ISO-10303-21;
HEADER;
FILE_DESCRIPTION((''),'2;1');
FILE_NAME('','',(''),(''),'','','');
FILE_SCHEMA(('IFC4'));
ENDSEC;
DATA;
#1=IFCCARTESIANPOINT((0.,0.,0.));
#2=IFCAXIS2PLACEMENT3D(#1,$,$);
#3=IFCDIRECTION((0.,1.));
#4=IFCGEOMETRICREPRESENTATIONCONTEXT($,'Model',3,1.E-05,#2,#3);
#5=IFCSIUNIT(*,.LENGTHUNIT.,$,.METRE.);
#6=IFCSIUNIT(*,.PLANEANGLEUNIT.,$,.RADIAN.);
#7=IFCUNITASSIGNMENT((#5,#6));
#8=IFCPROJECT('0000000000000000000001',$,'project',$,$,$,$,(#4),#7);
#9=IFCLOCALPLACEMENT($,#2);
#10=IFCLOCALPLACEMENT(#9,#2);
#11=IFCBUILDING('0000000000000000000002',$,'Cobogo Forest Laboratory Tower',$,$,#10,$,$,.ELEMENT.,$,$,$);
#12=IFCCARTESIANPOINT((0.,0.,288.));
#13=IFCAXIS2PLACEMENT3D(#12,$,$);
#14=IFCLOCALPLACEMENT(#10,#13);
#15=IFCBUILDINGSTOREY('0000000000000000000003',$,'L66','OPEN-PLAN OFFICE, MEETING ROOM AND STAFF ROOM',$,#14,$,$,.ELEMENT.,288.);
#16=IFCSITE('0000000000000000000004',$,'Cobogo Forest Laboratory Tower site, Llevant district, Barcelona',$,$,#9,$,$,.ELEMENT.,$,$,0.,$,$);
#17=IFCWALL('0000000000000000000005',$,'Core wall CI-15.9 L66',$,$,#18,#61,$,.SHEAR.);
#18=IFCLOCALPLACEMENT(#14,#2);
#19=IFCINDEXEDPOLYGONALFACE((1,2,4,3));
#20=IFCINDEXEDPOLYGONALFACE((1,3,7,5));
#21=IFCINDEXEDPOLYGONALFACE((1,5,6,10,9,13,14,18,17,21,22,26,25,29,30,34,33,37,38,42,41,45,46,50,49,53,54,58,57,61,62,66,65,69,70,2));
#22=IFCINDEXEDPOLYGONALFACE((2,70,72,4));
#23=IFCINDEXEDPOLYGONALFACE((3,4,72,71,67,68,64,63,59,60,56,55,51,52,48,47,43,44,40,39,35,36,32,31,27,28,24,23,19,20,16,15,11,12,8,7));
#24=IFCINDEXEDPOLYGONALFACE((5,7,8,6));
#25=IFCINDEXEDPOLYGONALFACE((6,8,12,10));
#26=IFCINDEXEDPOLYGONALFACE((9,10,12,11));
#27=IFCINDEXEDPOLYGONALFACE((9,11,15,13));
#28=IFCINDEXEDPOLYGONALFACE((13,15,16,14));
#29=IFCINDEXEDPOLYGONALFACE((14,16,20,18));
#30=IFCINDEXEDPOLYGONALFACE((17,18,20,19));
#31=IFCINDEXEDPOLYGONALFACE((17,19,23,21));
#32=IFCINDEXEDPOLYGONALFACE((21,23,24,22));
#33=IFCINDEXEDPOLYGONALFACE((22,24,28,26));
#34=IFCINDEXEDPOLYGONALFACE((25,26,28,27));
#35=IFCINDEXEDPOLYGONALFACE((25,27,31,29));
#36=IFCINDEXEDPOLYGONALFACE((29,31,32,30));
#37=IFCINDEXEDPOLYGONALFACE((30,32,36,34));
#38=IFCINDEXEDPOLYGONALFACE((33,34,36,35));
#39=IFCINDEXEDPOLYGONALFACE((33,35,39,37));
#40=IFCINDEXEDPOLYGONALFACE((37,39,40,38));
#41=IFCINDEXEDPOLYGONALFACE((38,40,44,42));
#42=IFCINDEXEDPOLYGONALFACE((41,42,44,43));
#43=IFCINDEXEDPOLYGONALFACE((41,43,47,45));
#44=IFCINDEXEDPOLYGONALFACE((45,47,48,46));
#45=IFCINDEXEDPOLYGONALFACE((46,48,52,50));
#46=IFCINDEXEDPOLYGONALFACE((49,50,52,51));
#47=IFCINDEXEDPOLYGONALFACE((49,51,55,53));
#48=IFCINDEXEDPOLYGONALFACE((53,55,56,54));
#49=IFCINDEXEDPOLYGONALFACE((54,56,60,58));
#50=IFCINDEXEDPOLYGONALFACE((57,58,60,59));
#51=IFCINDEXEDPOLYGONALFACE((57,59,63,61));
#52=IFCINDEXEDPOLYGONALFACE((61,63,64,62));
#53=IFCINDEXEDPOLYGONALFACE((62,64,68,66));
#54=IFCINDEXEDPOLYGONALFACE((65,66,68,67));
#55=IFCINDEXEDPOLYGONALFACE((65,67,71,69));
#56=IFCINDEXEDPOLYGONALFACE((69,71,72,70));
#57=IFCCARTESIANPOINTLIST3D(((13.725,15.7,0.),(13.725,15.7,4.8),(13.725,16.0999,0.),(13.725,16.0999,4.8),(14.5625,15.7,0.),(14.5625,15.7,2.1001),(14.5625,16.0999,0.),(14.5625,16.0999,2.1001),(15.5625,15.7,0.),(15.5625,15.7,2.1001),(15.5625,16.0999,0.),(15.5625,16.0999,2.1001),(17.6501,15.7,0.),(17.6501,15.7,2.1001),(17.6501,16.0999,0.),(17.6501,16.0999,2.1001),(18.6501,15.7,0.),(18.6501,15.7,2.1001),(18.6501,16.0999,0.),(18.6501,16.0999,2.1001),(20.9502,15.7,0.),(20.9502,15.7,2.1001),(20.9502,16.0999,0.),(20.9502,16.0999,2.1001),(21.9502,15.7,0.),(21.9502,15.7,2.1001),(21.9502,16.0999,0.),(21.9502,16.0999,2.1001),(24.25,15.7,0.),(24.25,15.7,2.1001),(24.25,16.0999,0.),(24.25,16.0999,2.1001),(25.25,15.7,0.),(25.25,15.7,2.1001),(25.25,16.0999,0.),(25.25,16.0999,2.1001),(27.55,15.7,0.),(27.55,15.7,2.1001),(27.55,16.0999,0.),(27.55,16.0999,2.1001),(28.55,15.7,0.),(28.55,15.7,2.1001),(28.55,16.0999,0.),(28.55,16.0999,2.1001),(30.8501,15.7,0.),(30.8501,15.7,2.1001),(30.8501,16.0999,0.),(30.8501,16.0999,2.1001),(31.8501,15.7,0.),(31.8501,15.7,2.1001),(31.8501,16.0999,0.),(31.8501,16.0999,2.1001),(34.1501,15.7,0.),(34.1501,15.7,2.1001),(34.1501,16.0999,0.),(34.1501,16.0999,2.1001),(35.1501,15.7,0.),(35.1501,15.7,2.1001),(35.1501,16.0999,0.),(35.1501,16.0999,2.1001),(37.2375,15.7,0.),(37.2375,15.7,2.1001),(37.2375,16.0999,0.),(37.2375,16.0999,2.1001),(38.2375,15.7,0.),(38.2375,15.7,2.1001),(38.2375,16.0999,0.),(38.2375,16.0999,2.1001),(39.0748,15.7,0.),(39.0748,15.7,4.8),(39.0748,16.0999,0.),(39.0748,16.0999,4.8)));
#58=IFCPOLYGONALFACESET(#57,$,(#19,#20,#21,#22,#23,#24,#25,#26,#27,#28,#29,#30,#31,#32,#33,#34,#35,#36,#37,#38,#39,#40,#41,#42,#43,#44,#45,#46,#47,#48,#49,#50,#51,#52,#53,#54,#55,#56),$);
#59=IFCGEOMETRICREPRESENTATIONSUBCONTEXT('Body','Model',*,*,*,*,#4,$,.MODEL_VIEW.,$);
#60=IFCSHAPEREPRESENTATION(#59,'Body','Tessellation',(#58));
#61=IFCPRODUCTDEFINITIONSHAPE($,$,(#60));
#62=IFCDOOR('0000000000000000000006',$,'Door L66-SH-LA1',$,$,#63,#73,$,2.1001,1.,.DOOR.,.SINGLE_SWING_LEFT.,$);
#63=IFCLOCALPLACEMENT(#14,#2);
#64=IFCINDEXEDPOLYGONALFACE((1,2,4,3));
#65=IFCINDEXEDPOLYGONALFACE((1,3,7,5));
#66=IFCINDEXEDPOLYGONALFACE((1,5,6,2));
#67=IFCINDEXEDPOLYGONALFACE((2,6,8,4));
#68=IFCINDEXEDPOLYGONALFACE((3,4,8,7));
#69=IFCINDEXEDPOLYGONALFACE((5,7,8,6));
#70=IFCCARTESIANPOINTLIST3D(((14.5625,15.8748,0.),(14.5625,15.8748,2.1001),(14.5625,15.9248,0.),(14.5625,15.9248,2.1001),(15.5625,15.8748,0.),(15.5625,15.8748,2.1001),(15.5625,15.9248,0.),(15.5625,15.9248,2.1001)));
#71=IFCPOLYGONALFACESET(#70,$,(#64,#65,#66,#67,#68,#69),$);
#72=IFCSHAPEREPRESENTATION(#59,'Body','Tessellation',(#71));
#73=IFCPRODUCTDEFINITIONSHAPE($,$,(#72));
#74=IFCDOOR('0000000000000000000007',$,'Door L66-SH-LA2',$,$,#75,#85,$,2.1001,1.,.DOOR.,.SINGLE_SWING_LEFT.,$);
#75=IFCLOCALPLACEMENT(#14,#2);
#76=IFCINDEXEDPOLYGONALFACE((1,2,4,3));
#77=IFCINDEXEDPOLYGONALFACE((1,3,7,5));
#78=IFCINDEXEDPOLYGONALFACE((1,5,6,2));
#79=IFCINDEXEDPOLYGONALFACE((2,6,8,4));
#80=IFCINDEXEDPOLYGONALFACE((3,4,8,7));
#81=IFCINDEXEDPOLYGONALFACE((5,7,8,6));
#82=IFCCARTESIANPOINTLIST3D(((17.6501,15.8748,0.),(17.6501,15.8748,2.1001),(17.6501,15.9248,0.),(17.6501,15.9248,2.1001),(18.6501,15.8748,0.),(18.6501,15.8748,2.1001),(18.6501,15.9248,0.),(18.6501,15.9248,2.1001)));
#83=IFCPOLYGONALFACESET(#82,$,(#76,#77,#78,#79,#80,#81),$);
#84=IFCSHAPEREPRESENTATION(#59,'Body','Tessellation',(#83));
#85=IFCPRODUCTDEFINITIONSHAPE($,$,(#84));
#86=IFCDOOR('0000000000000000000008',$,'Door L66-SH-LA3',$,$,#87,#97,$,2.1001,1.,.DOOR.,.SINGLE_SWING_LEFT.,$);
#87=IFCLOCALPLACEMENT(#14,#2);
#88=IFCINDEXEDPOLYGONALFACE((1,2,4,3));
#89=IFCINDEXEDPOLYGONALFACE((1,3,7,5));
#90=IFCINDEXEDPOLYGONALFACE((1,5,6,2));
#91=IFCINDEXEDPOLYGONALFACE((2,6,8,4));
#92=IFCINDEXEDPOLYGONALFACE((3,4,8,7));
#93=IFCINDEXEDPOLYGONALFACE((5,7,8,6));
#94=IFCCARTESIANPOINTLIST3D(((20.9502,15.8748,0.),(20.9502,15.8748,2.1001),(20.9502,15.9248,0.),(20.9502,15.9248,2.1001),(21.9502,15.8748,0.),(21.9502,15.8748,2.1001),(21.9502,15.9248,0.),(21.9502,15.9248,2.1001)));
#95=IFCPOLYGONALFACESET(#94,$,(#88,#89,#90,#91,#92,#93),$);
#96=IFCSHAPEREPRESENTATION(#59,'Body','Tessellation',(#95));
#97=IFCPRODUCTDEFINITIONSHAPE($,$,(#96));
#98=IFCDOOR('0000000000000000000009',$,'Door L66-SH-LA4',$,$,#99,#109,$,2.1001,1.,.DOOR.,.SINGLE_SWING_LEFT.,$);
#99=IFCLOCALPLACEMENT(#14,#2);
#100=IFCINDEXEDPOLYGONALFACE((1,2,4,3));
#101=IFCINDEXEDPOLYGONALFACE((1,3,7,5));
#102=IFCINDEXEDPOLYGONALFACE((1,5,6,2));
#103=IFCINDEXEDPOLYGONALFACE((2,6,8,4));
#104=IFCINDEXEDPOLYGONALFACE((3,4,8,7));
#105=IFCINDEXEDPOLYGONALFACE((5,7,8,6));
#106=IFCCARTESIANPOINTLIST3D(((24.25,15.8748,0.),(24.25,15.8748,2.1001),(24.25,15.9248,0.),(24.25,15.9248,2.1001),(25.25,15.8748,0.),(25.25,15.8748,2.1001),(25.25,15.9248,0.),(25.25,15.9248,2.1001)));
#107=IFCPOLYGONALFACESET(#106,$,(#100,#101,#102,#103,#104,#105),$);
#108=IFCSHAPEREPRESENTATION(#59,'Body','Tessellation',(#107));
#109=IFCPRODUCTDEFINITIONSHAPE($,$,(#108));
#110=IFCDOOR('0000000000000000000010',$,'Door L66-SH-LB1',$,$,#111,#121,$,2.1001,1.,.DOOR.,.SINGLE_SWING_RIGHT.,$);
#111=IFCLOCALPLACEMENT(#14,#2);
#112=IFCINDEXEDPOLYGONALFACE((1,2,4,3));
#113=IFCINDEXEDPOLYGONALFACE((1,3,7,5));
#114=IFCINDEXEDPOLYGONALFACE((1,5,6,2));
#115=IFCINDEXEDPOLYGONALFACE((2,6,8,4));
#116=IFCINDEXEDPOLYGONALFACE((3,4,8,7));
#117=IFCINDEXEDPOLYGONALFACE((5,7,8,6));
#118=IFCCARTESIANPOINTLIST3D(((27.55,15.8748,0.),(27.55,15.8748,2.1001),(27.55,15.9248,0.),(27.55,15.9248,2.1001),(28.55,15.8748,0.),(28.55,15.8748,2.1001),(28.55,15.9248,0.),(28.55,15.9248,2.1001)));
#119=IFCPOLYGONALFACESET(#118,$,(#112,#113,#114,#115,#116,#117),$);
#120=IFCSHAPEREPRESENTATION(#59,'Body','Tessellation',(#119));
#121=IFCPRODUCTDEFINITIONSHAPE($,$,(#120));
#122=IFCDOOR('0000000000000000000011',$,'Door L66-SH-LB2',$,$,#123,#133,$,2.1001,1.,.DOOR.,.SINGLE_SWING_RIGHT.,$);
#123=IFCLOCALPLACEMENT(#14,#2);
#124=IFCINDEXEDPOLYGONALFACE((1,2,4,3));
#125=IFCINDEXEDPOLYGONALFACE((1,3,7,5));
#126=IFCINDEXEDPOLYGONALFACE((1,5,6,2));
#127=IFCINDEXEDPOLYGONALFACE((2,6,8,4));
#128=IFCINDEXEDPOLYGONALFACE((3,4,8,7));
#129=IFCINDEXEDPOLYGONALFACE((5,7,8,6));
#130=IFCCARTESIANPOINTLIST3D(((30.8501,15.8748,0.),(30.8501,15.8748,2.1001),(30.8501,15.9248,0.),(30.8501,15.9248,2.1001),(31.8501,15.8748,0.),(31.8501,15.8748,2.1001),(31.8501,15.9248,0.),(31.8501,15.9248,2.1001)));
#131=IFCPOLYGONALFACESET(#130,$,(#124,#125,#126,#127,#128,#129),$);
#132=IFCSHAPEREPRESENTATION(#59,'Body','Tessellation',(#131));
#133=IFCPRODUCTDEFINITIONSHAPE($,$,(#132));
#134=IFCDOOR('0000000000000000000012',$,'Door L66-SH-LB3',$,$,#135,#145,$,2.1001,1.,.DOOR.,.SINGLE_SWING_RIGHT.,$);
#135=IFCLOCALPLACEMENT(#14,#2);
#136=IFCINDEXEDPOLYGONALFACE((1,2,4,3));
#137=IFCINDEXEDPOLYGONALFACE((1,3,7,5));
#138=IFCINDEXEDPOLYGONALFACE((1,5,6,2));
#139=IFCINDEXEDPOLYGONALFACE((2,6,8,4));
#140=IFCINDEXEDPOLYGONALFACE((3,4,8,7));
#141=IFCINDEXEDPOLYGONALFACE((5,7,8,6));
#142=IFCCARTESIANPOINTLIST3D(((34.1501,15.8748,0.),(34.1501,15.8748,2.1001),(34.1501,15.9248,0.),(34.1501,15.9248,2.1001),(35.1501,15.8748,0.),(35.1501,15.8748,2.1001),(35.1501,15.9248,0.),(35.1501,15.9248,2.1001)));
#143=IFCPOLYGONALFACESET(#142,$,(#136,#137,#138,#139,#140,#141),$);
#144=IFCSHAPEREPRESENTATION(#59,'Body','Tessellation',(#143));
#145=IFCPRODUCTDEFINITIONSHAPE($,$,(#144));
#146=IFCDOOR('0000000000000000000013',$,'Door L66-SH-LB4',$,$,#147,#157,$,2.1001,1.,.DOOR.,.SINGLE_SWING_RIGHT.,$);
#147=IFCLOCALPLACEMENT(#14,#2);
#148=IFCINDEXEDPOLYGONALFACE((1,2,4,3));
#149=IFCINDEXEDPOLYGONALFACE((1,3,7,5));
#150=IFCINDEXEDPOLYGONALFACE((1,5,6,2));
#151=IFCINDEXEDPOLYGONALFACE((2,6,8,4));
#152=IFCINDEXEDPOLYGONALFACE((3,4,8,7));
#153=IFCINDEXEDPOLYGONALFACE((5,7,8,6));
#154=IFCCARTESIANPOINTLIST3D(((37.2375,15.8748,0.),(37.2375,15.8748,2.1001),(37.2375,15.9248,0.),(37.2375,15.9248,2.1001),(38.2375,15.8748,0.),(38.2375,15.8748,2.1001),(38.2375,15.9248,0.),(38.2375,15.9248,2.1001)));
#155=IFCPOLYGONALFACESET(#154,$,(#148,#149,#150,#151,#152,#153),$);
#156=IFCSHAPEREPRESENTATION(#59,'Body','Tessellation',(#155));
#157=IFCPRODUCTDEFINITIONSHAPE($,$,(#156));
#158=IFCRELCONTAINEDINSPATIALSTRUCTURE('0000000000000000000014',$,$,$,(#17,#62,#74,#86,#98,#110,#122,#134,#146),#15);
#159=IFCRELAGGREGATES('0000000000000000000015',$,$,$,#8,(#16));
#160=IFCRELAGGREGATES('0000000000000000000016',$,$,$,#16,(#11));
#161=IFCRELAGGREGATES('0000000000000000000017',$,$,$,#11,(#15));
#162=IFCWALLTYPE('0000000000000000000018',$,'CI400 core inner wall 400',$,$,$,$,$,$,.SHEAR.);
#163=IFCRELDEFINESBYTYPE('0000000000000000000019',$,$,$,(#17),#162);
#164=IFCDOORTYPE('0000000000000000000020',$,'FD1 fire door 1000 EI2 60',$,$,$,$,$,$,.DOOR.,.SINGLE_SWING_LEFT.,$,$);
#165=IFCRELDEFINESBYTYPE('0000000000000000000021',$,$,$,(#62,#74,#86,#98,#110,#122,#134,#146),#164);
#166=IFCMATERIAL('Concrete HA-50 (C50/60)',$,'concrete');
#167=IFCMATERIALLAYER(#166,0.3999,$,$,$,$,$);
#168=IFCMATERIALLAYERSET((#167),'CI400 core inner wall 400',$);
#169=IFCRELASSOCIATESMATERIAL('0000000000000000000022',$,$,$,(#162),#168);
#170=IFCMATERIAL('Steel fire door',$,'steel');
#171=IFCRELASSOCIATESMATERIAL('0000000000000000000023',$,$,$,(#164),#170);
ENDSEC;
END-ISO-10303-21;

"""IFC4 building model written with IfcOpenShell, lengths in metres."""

from ifc_helpers import new_model, si_unit, direction, frame, frame_2d, origin, place, context, subcontext, project, spatial, rectangle, extrude, material, layer, layer_set, type_object, element, fill, save


model = new_model("IFC4")

# Units and contexts
model_context = context("Model", 3, precision=1e-05, world=origin(), true_north=direction((0.0, 1.0)))
body_context = subcontext(model_context, "Body", "Model", "MODEL_VIEW")
ifc_project = project(units=[si_unit("LENGTHUNIT", "METRE"), si_unit("PLANEANGLEUNIT", "RADIAN")], contexts=[model_context])

# Site, building, storey
site_placement = place(None, origin())
site = spatial("IfcSite", under=ifc_project, at=site_placement, Name="Cobogo Forest Laboratory Tower site, Llevant district, Barcelona", CompositionType="ELEMENT", RefElevation=0.0)
building_placement = place(site_placement, origin())
building = spatial("IfcBuilding", under=site, at=building_placement, Name="Cobogo Forest Laboratory Tower", CompositionType="ELEMENT")
storey_placement = place(building_placement, frame((0.0, 0.0, 288.0)))
storey = spatial("IfcBuildingStorey", under=building, at=storey_placement, Name="L66", Description="OPEN-PLAN OFFICE, MEETING ROOM AND STAFF ROOM", CompositionType="ELEMENT", Elevation=288.0)

# Shared definitions
ifc_material_1 = material(Name="Concrete HA-50 (C50/60)", Category="concrete")

# Wall, openings, doors
ifc_layer_1 = layer(ifc_material_1, 0.3999)
ifc_layer_set_1 = layer_set([ifc_layer_1], Name="CI400 core inner wall 400")
wall_type = type_object("IfcWallType", Name="CI400 core inner wall 400", PredefinedType="SHEAR", material=ifc_layer_set_1)
wall_1_placement = place(storey_placement, frame((13.7251, 15.8999, 0.0), z_axis=(0.0, 0.0, 1.0), x_axis=(1.0, 0.0, 0.0)))
wall_1 = element("IfcWall", 1, at=wall_1_placement, inside=storey, type_object=wall_type, Name="Core wall CI-15.9 L66", PredefinedType="SHEAR", context=body_context, shape_type="SweptSolid", body=[
    extrude(rectangle(XDim=25.3499, YDim=0.3999, at=frame_2d((12.6748, 0.0))), origin(), (0.0, 0.0, 1.0), 4.8),
])
opening_1_placement = place(wall_1_placement, frame((0.8374, 0.0, 0.0)))
opening_1 = element("IfcOpeningElement", 2, at=opening_1_placement, cuts=wall_1, PredefinedType="OPENING", context=body_context, shape_type="SweptSolid", body=[
    extrude(rectangle(XDim=1.0, YDim=2.1001, at=frame_2d((0.5, 1.05))), frame((0.0, 0.21, 0.0), z_axis=(0.0, -1.0, 0.0), x_axis=(1.0, 0.0, 0.0)), (0.0, 0.0, 1.0), 0.4199),
])
opening_2_placement = place(wall_1_placement, frame((3.925, 0.0, 0.0)))
opening_2 = element("IfcOpeningElement", 3, at=opening_2_placement, cuts=wall_1, PredefinedType="OPENING", context=body_context, shape_type="SweptSolid", body=[
    extrude(rectangle(XDim=1.0, YDim=2.1001, at=frame_2d((0.5, 1.05))), frame((0.0, 0.21, 0.0), z_axis=(0.0, -1.0, 0.0), x_axis=(1.0, 0.0, 0.0)), (0.0, 0.0, 1.0), 0.4199),
])
opening_3_placement = place(wall_1_placement, frame((7.2251, 0.0, 0.0)))
opening_3 = element("IfcOpeningElement", 4, at=opening_3_placement, cuts=wall_1, PredefinedType="OPENING", context=body_context, shape_type="SweptSolid", body=[
    extrude(rectangle(XDim=1.0, YDim=2.1001, at=frame_2d((0.5, 1.05))), frame((0.0, 0.21, 0.0), z_axis=(0.0, -1.0, 0.0), x_axis=(1.0, 0.0, 0.0)), (0.0, 0.0, 1.0), 0.4199),
])
opening_4_placement = place(wall_1_placement, frame((10.5249, 0.0, 0.0)))
opening_4 = element("IfcOpeningElement", 5, at=opening_4_placement, cuts=wall_1, PredefinedType="OPENING", context=body_context, shape_type="SweptSolid", body=[
    extrude(rectangle(XDim=1.0, YDim=2.1001, at=frame_2d((0.5, 1.05))), frame((0.0, 0.21, 0.0), z_axis=(0.0, -1.0, 0.0), x_axis=(1.0, 0.0, 0.0)), (0.0, 0.0, 1.0), 0.4199),
])
opening_5_placement = place(wall_1_placement, frame((13.825, 0.0, 0.0)))
opening_5 = element("IfcOpeningElement", 6, at=opening_5_placement, cuts=wall_1, PredefinedType="OPENING", context=body_context, shape_type="SweptSolid", body=[
    extrude(rectangle(XDim=1.0, YDim=2.1001, at=frame_2d((0.5, 1.05))), frame((0.0, 0.21, 0.0), z_axis=(0.0, -1.0, 0.0), x_axis=(1.0, 0.0, 0.0)), (0.0, 0.0, 1.0), 0.4199),
])
opening_6_placement = place(wall_1_placement, frame((17.125, 0.0, 0.0)))
opening_6 = element("IfcOpeningElement", 7, at=opening_6_placement, cuts=wall_1, PredefinedType="OPENING", context=body_context, shape_type="SweptSolid", body=[
    extrude(rectangle(XDim=1.0, YDim=2.1001, at=frame_2d((0.5, 1.05))), frame((0.0, 0.21, 0.0), z_axis=(0.0, -1.0, 0.0), x_axis=(1.0, 0.0, 0.0)), (0.0, 0.0, 1.0), 0.4199),
])
opening_7_placement = place(wall_1_placement, frame((20.425, 0.0, 0.0)))
opening_7 = element("IfcOpeningElement", 8, at=opening_7_placement, cuts=wall_1, PredefinedType="OPENING", context=body_context, shape_type="SweptSolid", body=[
    extrude(rectangle(XDim=1.0, YDim=2.1001, at=frame_2d((0.5, 1.05))), frame((0.0, 0.21, 0.0), z_axis=(0.0, -1.0, 0.0), x_axis=(1.0, 0.0, 0.0)), (0.0, 0.0, 1.0), 0.4199),
])
opening_8_placement = place(wall_1_placement, frame((23.5125, 0.0, 0.0)))
opening_8 = element("IfcOpeningElement", 9, at=opening_8_placement, cuts=wall_1, PredefinedType="OPENING", context=body_context, shape_type="SweptSolid", body=[
    extrude(rectangle(XDim=1.0, YDim=2.1001, at=frame_2d((0.5, 1.05))), frame((0.0, 0.21, 0.0), z_axis=(0.0, -1.0, 0.0), x_axis=(1.0, 0.0, 0.0)), (0.0, 0.0, 1.0), 0.4199),
])
ifc_material_2 = material(Name="Steel fire door", Category="steel")
door_type_1 = type_object("IfcDoorType", Name="FD1 fire door 1000 EI2 60", OperationType="SINGLE_SWING_LEFT", PredefinedType="DOOR", material=ifc_material_2)
door_1_placement = place(opening_1_placement, origin())
door_1 = element("IfcDoor", 10, at=door_1_placement, inside=storey, type_object=door_type_1, Name="Door L66-SH-LA1", OperationType="SINGLE_SWING_LEFT", OverallHeight=2.1001, OverallWidth=1.0, PredefinedType="DOOR", context=body_context, shape_type="SweptSolid", body=[
    extrude(rectangle(XDim=1.0, YDim=2.1001, at=frame_2d((0.5, 1.05))), frame((0.0, 0.0249, 0.0), z_axis=(0.0, -1.0, 0.0), x_axis=(1.0, 0.0, 0.0)), (0.0, 0.0, 1.0), 0.05),
])
fill(opening_1, door_1)
door_2_placement = place(opening_2_placement, origin())
door_2 = element("IfcDoor", 11, at=door_2_placement, inside=storey, type_object=door_type_1, Name="Door L66-SH-LA2", OperationType="SINGLE_SWING_LEFT", OverallHeight=2.1001, OverallWidth=1.0, PredefinedType="DOOR", context=body_context, shape_type="SweptSolid", body=[
    extrude(rectangle(XDim=1.0, YDim=2.1001, at=frame_2d((0.5, 1.05))), frame((0.0, 0.0249, 0.0), z_axis=(0.0, -1.0, 0.0), x_axis=(1.0, 0.0, 0.0)), (0.0, 0.0, 1.0), 0.05),
])
fill(opening_2, door_2)
door_3_placement = place(opening_3_placement, origin())
door_3 = element("IfcDoor", 12, at=door_3_placement, inside=storey, type_object=door_type_1, Name="Door L66-SH-LA3", OperationType="SINGLE_SWING_LEFT", OverallHeight=2.1001, OverallWidth=1.0, PredefinedType="DOOR", context=body_context, shape_type="SweptSolid", body=[
    extrude(rectangle(XDim=1.0, YDim=2.1001, at=frame_2d((0.5, 1.05))), frame((0.0, 0.0249, 0.0), z_axis=(0.0, -1.0, 0.0), x_axis=(1.0, 0.0, 0.0)), (0.0, 0.0, 1.0), 0.05),
])
fill(opening_3, door_3)
door_4_placement = place(opening_4_placement, origin())
door_4 = element("IfcDoor", 13, at=door_4_placement, inside=storey, type_object=door_type_1, Name="Door L66-SH-LA4", OperationType="SINGLE_SWING_LEFT", OverallHeight=2.1001, OverallWidth=1.0, PredefinedType="DOOR", context=body_context, shape_type="SweptSolid", body=[
    extrude(rectangle(XDim=1.0, YDim=2.1001, at=frame_2d((0.5, 1.05))), frame((0.0, 0.0249, 0.0), z_axis=(0.0, -1.0, 0.0), x_axis=(1.0, 0.0, 0.0)), (0.0, 0.0, 1.0), 0.05),
])
fill(opening_4, door_4)
door_5_placement = place(opening_5_placement, origin())
door_5 = element("IfcDoor", 14, at=door_5_placement, inside=storey, type_object=door_type_1, Name="Door L66-SH-LB1", OperationType="SINGLE_SWING_RIGHT", OverallHeight=2.1001, OverallWidth=1.0, PredefinedType="DOOR", context=body_context, shape_type="SweptSolid", body=[
    extrude(rectangle(XDim=1.0, YDim=2.1001, at=frame_2d((0.5, 1.05))), frame((0.0, 0.0249, 0.0), z_axis=(0.0, -1.0, 0.0), x_axis=(1.0, 0.0, 0.0)), (0.0, 0.0, 1.0), 0.05),
])
fill(opening_5, door_5)
door_6_placement = place(opening_6_placement, origin())
door_6 = element("IfcDoor", 15, at=door_6_placement, inside=storey, type_object=door_type_1, Name="Door L66-SH-LB2", OperationType="SINGLE_SWING_RIGHT", OverallHeight=2.1001, OverallWidth=1.0, PredefinedType="DOOR", context=body_context, shape_type="SweptSolid", body=[
    extrude(rectangle(XDim=1.0, YDim=2.1001, at=frame_2d((0.5, 1.05))), frame((0.0, 0.0249, 0.0), z_axis=(0.0, -1.0, 0.0), x_axis=(1.0, 0.0, 0.0)), (0.0, 0.0, 1.0), 0.05),
])
fill(opening_6, door_6)
door_7_placement = place(opening_7_placement, origin())
door_7 = element("IfcDoor", 16, at=door_7_placement, inside=storey, type_object=door_type_1, Name="Door L66-SH-LB3", OperationType="SINGLE_SWING_RIGHT", OverallHeight=2.1001, OverallWidth=1.0, PredefinedType="DOOR", context=body_context, shape_type="SweptSolid", body=[
    extrude(rectangle(XDim=1.0, YDim=2.1001, at=frame_2d((0.5, 1.05))), frame((0.0, 0.0249, 0.0), z_axis=(0.0, -1.0, 0.0), x_axis=(1.0, 0.0, 0.0)), (0.0, 0.0, 1.0), 0.05),
])
fill(opening_7, door_7)
door_8_placement = place(opening_8_placement, origin())
door_8 = element("IfcDoor", 17, at=door_8_placement, inside=storey, type_object=door_type_1, Name="Door L66-SH-LB4", OperationType="SINGLE_SWING_RIGHT", OverallHeight=2.1001, OverallWidth=1.0, PredefinedType="DOOR", context=body_context, shape_type="SweptSolid", body=[
    extrude(rectangle(XDim=1.0, YDim=2.1001, at=frame_2d((0.5, 1.05))), frame((0.0, 0.0249, 0.0), z_axis=(0.0, -1.0, 0.0), x_axis=(1.0, 0.0, 0.0)), (0.0, 0.0, 1.0), 0.05),
])
fill(opening_8, door_8)

save(model, "model.ifc")
